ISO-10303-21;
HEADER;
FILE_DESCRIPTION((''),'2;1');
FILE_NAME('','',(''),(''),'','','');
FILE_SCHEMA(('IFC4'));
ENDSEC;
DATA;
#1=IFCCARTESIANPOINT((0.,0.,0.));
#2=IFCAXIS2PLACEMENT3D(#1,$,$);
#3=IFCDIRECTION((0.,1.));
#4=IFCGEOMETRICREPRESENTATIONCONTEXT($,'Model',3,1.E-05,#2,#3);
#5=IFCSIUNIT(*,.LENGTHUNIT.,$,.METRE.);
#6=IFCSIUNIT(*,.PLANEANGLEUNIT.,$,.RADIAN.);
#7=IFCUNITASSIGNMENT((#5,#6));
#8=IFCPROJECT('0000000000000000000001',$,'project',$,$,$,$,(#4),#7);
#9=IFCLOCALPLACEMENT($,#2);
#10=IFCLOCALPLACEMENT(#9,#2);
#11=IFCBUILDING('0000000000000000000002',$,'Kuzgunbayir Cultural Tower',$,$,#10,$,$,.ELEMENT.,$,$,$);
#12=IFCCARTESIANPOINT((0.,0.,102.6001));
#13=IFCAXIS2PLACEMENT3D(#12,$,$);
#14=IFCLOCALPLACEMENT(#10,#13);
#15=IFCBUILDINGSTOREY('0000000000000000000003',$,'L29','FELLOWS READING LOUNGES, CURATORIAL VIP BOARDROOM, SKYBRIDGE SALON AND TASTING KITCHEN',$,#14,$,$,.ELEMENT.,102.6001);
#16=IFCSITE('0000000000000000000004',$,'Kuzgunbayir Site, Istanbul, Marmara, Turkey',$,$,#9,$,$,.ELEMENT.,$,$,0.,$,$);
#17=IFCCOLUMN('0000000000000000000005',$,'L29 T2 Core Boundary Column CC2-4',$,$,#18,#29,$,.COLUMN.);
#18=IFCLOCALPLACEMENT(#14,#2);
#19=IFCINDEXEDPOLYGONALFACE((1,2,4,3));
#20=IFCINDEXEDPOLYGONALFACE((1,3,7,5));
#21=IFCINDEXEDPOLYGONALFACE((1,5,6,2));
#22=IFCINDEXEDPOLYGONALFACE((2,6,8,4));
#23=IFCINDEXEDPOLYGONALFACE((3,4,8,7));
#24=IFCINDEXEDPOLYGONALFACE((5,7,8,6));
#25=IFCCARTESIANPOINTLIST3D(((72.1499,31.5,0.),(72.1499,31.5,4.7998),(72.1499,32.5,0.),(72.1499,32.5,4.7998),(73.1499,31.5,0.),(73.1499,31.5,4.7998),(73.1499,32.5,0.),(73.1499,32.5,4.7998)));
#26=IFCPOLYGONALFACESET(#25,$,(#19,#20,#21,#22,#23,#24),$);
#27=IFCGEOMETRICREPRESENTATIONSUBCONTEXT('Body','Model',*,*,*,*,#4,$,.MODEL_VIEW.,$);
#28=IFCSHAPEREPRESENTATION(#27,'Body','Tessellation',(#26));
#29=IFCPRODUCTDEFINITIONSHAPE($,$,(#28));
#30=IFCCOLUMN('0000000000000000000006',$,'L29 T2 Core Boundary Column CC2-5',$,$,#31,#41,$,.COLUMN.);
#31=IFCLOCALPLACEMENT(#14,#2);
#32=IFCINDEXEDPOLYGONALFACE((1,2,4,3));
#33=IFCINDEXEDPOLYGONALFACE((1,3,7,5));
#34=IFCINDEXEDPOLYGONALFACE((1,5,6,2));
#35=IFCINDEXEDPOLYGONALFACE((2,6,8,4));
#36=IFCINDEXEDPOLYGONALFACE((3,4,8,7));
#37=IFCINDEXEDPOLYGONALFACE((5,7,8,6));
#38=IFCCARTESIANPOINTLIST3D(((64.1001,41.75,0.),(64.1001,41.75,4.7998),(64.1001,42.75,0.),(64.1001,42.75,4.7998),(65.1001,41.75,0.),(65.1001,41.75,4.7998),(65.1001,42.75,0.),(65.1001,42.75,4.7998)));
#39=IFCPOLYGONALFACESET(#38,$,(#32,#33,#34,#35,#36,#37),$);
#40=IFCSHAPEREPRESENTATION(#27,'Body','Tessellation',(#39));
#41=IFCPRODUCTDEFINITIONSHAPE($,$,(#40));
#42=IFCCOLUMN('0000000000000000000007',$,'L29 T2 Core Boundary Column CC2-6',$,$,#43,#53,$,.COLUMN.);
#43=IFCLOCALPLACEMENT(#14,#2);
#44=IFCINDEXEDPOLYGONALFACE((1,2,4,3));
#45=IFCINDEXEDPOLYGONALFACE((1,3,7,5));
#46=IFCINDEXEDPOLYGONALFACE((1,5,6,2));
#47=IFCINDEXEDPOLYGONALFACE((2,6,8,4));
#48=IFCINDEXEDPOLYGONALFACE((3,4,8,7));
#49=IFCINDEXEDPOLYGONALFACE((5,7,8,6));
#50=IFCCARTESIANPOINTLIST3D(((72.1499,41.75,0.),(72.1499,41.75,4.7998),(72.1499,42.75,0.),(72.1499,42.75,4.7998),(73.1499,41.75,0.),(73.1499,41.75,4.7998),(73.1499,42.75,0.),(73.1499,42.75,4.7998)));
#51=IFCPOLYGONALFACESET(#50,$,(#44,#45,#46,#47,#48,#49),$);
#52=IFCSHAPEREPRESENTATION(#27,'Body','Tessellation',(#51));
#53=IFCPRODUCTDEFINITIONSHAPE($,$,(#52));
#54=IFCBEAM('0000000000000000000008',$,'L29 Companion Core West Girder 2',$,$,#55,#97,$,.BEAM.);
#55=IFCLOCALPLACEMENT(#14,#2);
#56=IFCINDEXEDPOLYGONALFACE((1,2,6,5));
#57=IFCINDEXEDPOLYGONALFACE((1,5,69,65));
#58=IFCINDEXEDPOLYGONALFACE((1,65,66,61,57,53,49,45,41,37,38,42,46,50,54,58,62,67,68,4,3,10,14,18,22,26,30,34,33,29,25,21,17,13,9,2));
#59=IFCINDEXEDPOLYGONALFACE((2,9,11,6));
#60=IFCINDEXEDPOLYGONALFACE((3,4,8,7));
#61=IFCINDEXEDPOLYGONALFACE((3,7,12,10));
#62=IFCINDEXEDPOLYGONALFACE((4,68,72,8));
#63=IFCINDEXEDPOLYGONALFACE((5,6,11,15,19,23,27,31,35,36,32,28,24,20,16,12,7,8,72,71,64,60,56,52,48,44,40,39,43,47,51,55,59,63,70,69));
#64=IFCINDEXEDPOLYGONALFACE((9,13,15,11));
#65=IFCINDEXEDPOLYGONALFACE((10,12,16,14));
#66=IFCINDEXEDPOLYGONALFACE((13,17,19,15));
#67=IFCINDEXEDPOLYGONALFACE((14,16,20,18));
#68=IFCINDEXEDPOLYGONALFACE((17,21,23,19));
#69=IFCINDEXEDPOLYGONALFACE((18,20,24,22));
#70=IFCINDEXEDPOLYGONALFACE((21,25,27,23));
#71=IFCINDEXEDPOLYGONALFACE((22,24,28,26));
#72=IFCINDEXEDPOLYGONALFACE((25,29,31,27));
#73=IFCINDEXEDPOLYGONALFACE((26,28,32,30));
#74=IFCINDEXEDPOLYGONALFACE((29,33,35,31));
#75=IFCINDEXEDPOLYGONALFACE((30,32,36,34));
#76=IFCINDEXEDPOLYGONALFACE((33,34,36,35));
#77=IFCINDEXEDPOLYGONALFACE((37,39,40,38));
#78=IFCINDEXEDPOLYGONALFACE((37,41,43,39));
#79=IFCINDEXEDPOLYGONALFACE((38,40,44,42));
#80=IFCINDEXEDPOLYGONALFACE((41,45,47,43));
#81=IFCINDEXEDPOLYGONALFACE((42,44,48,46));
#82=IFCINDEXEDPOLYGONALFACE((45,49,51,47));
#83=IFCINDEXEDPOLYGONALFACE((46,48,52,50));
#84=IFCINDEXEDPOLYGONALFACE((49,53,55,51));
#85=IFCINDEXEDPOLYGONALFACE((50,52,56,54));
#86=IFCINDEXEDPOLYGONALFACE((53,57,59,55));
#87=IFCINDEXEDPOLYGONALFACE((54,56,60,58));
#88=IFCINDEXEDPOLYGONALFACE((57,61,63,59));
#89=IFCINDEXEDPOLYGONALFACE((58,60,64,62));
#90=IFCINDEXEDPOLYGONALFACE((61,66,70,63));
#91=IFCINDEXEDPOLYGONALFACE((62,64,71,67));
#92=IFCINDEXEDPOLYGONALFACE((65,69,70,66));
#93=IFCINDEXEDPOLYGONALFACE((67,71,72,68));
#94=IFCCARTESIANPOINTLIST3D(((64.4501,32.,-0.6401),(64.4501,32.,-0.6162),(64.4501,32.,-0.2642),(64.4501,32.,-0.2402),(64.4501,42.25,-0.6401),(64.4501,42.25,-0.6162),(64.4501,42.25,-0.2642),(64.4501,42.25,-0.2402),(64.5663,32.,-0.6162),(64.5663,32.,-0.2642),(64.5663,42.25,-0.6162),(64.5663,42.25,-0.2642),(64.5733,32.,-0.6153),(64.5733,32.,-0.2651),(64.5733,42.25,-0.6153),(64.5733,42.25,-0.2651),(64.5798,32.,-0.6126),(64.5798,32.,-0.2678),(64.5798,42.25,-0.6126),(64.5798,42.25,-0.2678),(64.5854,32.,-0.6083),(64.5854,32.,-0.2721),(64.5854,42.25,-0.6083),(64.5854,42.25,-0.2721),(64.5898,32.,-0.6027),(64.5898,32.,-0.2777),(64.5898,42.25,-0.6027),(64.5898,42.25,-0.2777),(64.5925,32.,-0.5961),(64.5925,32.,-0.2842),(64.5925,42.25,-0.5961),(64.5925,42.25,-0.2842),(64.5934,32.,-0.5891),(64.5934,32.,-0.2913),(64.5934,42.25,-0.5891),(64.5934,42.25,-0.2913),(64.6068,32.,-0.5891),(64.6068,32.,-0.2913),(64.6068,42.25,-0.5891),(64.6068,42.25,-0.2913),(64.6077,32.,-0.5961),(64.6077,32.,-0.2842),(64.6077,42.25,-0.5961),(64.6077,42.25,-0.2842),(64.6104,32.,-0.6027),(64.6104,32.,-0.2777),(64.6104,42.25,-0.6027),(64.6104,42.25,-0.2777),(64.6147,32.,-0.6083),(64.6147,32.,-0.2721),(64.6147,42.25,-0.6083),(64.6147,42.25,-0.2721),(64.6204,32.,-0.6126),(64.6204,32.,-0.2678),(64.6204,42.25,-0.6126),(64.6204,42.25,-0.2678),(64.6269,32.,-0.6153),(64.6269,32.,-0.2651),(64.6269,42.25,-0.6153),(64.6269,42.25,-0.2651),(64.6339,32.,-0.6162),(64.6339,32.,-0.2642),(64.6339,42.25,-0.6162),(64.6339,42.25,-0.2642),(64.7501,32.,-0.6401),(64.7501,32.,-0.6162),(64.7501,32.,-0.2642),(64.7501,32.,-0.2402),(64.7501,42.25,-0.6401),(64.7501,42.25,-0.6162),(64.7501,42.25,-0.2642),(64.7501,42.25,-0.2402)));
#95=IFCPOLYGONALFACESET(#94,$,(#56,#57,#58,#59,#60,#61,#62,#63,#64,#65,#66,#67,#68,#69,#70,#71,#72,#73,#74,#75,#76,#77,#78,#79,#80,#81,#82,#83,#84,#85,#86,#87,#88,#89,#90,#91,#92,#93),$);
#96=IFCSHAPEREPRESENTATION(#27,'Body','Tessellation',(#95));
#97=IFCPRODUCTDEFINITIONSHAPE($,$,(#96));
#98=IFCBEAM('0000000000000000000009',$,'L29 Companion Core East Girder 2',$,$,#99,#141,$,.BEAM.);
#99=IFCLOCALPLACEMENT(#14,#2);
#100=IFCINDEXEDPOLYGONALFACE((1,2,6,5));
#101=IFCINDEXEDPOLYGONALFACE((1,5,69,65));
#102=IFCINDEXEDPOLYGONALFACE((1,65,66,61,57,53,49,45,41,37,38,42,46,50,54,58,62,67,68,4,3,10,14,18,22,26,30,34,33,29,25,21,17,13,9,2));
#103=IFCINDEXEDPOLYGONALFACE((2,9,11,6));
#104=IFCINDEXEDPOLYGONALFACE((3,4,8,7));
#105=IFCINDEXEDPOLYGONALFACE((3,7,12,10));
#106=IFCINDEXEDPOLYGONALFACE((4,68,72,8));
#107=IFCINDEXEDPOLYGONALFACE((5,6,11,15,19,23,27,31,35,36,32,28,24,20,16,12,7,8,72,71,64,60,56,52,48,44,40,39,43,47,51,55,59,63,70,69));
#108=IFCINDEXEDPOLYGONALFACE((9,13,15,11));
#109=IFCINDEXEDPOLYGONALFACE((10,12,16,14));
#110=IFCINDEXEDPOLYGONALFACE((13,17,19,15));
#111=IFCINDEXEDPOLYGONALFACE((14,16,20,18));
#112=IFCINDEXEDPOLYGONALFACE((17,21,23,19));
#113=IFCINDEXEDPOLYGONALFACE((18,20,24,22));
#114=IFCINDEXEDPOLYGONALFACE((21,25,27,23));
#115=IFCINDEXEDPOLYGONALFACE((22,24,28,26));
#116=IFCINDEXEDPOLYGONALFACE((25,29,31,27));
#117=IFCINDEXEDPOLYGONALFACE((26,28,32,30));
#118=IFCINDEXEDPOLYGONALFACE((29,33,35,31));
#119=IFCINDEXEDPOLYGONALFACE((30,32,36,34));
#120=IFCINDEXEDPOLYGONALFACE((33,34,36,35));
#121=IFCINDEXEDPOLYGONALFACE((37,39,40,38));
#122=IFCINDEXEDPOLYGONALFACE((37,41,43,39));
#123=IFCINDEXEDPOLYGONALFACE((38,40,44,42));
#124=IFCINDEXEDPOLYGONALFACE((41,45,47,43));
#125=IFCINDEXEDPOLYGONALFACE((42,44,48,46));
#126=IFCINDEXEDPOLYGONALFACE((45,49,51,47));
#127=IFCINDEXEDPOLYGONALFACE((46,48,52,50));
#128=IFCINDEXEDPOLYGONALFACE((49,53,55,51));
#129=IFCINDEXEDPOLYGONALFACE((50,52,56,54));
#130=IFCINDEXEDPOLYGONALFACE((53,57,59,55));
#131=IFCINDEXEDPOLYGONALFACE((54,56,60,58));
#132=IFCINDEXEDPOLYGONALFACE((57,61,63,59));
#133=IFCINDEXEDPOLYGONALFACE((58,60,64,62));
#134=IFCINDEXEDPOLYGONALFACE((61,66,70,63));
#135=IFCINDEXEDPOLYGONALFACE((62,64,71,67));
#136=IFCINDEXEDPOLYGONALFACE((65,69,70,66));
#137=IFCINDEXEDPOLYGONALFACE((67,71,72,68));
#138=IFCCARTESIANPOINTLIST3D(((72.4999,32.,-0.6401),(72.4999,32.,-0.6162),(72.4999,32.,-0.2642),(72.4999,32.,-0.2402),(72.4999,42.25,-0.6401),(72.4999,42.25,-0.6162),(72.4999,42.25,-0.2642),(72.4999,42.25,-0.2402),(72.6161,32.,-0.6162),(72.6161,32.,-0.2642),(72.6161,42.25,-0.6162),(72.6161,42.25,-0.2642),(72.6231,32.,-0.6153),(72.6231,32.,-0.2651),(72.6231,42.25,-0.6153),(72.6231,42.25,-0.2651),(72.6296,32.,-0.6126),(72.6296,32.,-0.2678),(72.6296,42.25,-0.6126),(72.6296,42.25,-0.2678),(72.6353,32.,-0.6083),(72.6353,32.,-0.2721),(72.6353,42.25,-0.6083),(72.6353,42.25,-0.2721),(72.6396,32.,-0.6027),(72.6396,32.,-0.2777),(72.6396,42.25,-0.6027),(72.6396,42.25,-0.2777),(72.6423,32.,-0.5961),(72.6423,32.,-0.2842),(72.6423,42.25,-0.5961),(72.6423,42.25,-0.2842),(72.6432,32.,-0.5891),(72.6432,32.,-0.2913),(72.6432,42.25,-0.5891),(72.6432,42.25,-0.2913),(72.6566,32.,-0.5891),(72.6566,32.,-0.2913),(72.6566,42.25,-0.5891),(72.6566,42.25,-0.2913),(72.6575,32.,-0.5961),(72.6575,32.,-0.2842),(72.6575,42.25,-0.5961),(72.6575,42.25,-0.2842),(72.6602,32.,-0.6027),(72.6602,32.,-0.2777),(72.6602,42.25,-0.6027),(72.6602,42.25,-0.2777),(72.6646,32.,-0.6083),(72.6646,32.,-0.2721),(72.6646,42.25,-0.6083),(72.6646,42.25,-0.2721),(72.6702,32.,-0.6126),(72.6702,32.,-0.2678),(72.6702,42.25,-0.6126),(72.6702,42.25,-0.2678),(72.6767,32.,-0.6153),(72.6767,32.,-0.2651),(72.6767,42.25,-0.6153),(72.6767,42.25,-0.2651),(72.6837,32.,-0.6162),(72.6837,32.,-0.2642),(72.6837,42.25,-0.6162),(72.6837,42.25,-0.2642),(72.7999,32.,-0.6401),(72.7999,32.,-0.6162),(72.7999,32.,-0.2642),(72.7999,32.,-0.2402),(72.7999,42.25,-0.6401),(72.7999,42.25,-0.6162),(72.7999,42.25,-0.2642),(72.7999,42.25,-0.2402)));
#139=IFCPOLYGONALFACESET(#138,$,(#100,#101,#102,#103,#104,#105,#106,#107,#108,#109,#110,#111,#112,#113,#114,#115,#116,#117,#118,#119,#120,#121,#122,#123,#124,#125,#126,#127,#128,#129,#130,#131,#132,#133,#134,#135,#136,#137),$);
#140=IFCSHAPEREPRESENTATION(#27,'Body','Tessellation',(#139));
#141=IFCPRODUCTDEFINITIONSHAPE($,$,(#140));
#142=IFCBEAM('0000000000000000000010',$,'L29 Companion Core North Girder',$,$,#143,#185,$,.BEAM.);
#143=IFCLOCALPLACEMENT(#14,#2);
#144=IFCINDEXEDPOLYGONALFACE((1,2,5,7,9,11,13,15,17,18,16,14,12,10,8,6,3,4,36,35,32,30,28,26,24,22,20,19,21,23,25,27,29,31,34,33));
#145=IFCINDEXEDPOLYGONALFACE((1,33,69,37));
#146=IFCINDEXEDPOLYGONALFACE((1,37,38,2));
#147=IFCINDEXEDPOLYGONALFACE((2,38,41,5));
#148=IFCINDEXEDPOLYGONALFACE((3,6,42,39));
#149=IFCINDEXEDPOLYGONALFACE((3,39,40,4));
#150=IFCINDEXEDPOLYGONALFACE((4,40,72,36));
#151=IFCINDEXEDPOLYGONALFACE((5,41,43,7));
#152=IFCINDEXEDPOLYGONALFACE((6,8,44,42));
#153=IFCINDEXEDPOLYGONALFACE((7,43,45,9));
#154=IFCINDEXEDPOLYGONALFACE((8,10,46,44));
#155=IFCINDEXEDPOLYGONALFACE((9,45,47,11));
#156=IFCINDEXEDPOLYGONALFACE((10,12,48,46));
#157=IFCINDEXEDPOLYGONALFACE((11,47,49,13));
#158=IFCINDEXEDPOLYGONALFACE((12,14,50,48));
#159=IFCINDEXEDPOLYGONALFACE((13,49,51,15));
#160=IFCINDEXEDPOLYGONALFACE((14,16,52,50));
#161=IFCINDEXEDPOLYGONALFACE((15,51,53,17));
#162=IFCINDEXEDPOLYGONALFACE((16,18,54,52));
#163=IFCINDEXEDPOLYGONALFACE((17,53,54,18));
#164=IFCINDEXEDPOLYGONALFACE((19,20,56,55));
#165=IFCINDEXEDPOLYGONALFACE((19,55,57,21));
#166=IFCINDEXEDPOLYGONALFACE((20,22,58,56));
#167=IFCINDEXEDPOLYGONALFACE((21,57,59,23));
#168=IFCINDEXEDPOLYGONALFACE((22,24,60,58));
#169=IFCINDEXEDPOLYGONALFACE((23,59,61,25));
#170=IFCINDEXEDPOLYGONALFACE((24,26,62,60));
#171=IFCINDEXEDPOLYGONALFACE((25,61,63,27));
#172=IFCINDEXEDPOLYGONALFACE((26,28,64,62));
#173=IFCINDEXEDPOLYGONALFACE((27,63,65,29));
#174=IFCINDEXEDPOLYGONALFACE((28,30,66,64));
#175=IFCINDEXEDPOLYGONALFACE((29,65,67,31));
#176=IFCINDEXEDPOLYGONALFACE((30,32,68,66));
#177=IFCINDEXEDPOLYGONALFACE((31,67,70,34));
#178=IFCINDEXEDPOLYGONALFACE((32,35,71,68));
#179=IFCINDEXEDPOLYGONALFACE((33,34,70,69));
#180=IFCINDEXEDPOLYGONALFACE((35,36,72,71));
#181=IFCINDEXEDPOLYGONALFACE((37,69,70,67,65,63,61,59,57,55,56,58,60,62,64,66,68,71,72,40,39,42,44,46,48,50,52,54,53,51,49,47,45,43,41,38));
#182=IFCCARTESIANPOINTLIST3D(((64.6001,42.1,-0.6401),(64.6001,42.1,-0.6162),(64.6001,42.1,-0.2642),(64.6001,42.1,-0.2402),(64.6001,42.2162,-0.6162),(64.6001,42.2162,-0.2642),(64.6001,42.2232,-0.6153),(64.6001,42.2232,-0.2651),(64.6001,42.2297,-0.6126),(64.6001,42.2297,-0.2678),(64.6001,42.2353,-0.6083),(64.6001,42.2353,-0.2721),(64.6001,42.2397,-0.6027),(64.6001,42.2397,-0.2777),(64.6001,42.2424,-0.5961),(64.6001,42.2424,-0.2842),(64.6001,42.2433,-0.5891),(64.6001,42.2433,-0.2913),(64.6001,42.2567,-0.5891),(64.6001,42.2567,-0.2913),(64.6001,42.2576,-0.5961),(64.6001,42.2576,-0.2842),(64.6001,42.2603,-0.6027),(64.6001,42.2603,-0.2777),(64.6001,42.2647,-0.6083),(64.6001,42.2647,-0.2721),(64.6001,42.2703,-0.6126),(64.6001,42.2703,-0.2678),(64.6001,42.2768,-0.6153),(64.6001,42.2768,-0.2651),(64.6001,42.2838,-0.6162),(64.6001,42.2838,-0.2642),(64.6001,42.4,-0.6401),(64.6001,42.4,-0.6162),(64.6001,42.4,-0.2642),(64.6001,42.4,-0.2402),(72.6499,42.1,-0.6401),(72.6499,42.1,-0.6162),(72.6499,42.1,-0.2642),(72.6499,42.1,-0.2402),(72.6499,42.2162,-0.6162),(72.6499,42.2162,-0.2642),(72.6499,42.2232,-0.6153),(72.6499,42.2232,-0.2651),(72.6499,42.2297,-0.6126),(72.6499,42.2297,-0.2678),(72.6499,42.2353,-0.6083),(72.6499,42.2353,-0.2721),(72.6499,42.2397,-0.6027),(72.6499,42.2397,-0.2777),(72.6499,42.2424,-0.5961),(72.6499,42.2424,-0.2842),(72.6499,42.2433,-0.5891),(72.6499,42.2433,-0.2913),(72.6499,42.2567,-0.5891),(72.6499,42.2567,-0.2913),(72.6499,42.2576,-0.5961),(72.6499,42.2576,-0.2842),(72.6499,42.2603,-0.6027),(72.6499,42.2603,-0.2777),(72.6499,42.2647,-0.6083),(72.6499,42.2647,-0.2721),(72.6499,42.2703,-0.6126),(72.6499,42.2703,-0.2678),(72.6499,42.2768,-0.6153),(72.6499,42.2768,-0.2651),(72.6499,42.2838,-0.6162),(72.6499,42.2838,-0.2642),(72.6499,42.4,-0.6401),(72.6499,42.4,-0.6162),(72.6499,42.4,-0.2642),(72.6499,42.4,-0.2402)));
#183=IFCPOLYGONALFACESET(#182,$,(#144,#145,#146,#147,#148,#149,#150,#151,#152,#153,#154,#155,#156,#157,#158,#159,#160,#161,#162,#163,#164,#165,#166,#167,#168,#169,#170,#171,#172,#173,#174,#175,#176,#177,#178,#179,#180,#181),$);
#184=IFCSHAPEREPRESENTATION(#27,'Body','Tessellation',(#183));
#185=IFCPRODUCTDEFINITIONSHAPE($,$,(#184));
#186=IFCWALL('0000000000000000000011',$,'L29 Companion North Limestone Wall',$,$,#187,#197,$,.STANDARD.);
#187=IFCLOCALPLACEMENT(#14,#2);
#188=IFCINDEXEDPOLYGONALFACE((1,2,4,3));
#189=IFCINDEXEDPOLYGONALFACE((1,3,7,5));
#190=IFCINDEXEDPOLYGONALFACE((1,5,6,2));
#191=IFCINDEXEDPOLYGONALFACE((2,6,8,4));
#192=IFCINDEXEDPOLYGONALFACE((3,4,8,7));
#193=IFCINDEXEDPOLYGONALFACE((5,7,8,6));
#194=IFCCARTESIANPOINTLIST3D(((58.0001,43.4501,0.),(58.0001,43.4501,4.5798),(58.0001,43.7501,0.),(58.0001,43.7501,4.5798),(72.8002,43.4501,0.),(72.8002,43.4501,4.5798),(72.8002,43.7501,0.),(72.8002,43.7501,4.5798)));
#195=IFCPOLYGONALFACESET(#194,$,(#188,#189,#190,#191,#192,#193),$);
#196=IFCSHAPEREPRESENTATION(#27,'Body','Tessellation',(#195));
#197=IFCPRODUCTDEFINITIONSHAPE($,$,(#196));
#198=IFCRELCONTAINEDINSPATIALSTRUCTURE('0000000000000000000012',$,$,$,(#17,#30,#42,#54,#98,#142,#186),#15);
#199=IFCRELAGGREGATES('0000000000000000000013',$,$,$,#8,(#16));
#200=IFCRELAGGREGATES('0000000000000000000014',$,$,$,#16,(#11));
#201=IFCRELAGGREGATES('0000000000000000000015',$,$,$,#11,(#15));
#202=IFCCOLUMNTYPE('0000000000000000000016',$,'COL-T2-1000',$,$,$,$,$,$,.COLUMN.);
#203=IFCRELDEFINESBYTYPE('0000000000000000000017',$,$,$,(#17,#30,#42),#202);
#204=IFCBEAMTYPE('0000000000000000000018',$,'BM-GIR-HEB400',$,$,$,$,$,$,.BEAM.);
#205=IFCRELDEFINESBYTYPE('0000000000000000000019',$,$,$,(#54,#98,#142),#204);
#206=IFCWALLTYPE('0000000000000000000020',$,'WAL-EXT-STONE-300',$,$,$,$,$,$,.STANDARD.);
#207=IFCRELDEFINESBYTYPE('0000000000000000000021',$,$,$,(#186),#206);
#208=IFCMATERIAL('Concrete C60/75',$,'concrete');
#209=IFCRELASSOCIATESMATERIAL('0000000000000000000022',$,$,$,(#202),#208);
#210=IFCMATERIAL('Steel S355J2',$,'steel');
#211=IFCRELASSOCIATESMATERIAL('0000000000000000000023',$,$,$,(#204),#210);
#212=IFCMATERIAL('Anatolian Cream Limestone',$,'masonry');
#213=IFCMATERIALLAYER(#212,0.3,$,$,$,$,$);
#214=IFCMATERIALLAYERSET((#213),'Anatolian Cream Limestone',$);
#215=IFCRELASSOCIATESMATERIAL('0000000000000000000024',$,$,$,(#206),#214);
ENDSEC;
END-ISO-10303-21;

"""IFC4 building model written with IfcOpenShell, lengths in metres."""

from ifc_helpers import new_model, si_unit, direction, frame, frame_2d, origin, origin_2d, place, context, subcontext, project, spatial, rectangle, i_section, extrude, material, layer, layer_set, material_profile, profile_set, type_object, element, save


model = new_model("IFC4")

# Units and contexts
model_context = context("Model", 3, precision=1e-05, world=origin(), true_north=direction((0.0, 1.0)))
body_context = subcontext(model_context, "Body", "Model", "MODEL_VIEW")
ifc_project = project(units=[si_unit("LENGTHUNIT", "METRE"), si_unit("PLANEANGLEUNIT", "RADIAN")], contexts=[model_context])

# Site, building, storey
site_placement = place(None, origin())
site = spatial("IfcSite", under=ifc_project, at=site_placement, Name="Kuzgunbayir Site, Istanbul, Marmara, Turkey", CompositionType="ELEMENT", RefElevation=0.0)
building_placement = place(site_placement, origin())
building = spatial("IfcBuilding", under=site, at=building_placement, Name="Kuzgunbayir Cultural Tower", CompositionType="ELEMENT")
storey_placement = place(building_placement, frame((0.0, 0.0, 102.6001)))
storey = spatial("IfcBuildingStorey", under=building, at=storey_placement, Name="L29", Description="FELLOWS READING LOUNGES, CURATORIAL VIP BOARDROOM, SKYBRIDGE SALON AND TASTING KITCHEN", CompositionType="ELEMENT", Elevation=102.6001)

# Columns
ifc_material_1 = material(Name="Concrete C60/75", Category="concrete")
ifc_material_profile_1 = material_profile(ifc_material_1, rectangle(XDim=1.0, YDim=1.0, at=origin_2d()), Name="RC 1000x1000")
ifc_profile_set_1 = profile_set([ifc_material_profile_1], Name="Concrete C60/75")
column_type = type_object("IfcColumnType", Name="COL-T2-1000", PredefinedType="COLUMN", material=ifc_profile_set_1)
for number, where, z_axis, x_axis, name in (
    (1, (72.6499, 32.0, 0.0), (0.0, 0.0, 1.0), (1.0, 0.0, 0.0), "L29 T2 Core Boundary Column CC2-4"),
    (2, (64.6001, 42.25, 0.0), (0.0, 0.0, 1.0), (1.0, 0.0, 0.0), "L29 T2 Core Boundary Column CC2-5"),
    (3, (72.6499, 42.25, 0.0), (0.0, 0.0, 1.0), (1.0, 0.0, 0.0), "L29 T2 Core Boundary Column CC2-6"),
):
    element("IfcColumn", number, at=place(storey_placement, frame(where, z_axis=z_axis, x_axis=x_axis)), inside=storey, type_object=column_type, Name=name, PredefinedType="COLUMN", context=body_context, shape_type="SweptSolid", body=[
        extrude(rectangle(XDim=1.0, YDim=1.0, at=origin_2d()), origin(), (0.0, 0.0, 1.0), 4.7998),
    ])

# Beams
ifc_material_2 = material(Name="Steel S355J2", Category="steel")
ifc_material_profile_2 = material_profile(ifc_material_2, i_section(OverallWidth=0.3, OverallDepth=0.3999, WebThickness=0.0134, FlangeThickness=0.0239, FilletRadius=0.0271, at=origin_2d()), Name="HEB 400")
ifc_profile_set_2 = profile_set([ifc_material_profile_2], Name="Steel S355J2")
beam_type = type_object("IfcBeamType", Name="BM-GIR-HEB400", PredefinedType="BEAM", material=ifc_profile_set_2)
for number, where, z_axis, x_axis, name in (
    (4, (64.6001, 32.0, -0.4402), (0.0, 1.0, 0.0), (-1.0, 0.0, 0.0), "L29 Companion Core West Girder 2"),
    (5, (72.6499, 32.0, -0.4402), (0.0, 1.0, 0.0), (-1.0, 0.0, 0.0), "L29 Companion Core East Girder 2"),
):
    element("IfcBeam", number, at=place(storey_placement, frame(where, z_axis=z_axis, x_axis=x_axis)), inside=storey, type_object=beam_type, Name=name, PredefinedType="BEAM", context=body_context, shape_type="SweptSolid", body=[
        extrude(i_section(OverallWidth=0.3, OverallDepth=0.3999, WebThickness=0.0134, FlangeThickness=0.0239, FilletRadius=0.0271, at=origin_2d()), origin(), (0.0, 0.0, 1.0), 10.25),
    ])
beam_placement = place(storey_placement, frame((64.6001, 42.25, -0.4402), z_axis=(1.0, 0.0, 0.0), x_axis=(0.0, 1.0, 0.0)))
element("IfcBeam", 6, at=beam_placement, inside=storey, type_object=beam_type, Name="L29 Companion Core North Girder", PredefinedType="BEAM", context=body_context, shape_type="SweptSolid", body=[
    extrude(i_section(OverallWidth=0.3, OverallDepth=0.3999, WebThickness=0.0134, FlangeThickness=0.0239, FilletRadius=0.0271, at=origin_2d()), origin(), (0.0, 0.0, 1.0), 8.0498),
])

# Wall
ifc_material_3 = material(Name="Anatolian Cream Limestone", Category="masonry")
ifc_layer_1 = layer(ifc_material_3, 0.3)
ifc_layer_set_1 = layer_set([ifc_layer_1], Name="Anatolian Cream Limestone")
wall_type_1 = type_object("IfcWallType", Name="WAL-EXT-STONE-300", PredefinedType="STANDARD", material=ifc_layer_set_1)
wall_1_placement = place(storey_placement, frame((72.8, 43.6001, 0.0), z_axis=(0.0, 0.0, 1.0), x_axis=(-1.0, 0.0, 0.0)))
element("IfcWall", 7, at=wall_1_placement, inside=storey, type_object=wall_type_1, Name="L29 Companion North Limestone Wall", PredefinedType="STANDARD", context=body_context, shape_type="SweptSolid", body=[
    extrude(rectangle(XDim=14.8, YDim=0.3, at=frame_2d((7.3999, 0.0))), origin(), (0.0, 0.0, 1.0), 4.5798),
])

save(model, "model.ifc")
